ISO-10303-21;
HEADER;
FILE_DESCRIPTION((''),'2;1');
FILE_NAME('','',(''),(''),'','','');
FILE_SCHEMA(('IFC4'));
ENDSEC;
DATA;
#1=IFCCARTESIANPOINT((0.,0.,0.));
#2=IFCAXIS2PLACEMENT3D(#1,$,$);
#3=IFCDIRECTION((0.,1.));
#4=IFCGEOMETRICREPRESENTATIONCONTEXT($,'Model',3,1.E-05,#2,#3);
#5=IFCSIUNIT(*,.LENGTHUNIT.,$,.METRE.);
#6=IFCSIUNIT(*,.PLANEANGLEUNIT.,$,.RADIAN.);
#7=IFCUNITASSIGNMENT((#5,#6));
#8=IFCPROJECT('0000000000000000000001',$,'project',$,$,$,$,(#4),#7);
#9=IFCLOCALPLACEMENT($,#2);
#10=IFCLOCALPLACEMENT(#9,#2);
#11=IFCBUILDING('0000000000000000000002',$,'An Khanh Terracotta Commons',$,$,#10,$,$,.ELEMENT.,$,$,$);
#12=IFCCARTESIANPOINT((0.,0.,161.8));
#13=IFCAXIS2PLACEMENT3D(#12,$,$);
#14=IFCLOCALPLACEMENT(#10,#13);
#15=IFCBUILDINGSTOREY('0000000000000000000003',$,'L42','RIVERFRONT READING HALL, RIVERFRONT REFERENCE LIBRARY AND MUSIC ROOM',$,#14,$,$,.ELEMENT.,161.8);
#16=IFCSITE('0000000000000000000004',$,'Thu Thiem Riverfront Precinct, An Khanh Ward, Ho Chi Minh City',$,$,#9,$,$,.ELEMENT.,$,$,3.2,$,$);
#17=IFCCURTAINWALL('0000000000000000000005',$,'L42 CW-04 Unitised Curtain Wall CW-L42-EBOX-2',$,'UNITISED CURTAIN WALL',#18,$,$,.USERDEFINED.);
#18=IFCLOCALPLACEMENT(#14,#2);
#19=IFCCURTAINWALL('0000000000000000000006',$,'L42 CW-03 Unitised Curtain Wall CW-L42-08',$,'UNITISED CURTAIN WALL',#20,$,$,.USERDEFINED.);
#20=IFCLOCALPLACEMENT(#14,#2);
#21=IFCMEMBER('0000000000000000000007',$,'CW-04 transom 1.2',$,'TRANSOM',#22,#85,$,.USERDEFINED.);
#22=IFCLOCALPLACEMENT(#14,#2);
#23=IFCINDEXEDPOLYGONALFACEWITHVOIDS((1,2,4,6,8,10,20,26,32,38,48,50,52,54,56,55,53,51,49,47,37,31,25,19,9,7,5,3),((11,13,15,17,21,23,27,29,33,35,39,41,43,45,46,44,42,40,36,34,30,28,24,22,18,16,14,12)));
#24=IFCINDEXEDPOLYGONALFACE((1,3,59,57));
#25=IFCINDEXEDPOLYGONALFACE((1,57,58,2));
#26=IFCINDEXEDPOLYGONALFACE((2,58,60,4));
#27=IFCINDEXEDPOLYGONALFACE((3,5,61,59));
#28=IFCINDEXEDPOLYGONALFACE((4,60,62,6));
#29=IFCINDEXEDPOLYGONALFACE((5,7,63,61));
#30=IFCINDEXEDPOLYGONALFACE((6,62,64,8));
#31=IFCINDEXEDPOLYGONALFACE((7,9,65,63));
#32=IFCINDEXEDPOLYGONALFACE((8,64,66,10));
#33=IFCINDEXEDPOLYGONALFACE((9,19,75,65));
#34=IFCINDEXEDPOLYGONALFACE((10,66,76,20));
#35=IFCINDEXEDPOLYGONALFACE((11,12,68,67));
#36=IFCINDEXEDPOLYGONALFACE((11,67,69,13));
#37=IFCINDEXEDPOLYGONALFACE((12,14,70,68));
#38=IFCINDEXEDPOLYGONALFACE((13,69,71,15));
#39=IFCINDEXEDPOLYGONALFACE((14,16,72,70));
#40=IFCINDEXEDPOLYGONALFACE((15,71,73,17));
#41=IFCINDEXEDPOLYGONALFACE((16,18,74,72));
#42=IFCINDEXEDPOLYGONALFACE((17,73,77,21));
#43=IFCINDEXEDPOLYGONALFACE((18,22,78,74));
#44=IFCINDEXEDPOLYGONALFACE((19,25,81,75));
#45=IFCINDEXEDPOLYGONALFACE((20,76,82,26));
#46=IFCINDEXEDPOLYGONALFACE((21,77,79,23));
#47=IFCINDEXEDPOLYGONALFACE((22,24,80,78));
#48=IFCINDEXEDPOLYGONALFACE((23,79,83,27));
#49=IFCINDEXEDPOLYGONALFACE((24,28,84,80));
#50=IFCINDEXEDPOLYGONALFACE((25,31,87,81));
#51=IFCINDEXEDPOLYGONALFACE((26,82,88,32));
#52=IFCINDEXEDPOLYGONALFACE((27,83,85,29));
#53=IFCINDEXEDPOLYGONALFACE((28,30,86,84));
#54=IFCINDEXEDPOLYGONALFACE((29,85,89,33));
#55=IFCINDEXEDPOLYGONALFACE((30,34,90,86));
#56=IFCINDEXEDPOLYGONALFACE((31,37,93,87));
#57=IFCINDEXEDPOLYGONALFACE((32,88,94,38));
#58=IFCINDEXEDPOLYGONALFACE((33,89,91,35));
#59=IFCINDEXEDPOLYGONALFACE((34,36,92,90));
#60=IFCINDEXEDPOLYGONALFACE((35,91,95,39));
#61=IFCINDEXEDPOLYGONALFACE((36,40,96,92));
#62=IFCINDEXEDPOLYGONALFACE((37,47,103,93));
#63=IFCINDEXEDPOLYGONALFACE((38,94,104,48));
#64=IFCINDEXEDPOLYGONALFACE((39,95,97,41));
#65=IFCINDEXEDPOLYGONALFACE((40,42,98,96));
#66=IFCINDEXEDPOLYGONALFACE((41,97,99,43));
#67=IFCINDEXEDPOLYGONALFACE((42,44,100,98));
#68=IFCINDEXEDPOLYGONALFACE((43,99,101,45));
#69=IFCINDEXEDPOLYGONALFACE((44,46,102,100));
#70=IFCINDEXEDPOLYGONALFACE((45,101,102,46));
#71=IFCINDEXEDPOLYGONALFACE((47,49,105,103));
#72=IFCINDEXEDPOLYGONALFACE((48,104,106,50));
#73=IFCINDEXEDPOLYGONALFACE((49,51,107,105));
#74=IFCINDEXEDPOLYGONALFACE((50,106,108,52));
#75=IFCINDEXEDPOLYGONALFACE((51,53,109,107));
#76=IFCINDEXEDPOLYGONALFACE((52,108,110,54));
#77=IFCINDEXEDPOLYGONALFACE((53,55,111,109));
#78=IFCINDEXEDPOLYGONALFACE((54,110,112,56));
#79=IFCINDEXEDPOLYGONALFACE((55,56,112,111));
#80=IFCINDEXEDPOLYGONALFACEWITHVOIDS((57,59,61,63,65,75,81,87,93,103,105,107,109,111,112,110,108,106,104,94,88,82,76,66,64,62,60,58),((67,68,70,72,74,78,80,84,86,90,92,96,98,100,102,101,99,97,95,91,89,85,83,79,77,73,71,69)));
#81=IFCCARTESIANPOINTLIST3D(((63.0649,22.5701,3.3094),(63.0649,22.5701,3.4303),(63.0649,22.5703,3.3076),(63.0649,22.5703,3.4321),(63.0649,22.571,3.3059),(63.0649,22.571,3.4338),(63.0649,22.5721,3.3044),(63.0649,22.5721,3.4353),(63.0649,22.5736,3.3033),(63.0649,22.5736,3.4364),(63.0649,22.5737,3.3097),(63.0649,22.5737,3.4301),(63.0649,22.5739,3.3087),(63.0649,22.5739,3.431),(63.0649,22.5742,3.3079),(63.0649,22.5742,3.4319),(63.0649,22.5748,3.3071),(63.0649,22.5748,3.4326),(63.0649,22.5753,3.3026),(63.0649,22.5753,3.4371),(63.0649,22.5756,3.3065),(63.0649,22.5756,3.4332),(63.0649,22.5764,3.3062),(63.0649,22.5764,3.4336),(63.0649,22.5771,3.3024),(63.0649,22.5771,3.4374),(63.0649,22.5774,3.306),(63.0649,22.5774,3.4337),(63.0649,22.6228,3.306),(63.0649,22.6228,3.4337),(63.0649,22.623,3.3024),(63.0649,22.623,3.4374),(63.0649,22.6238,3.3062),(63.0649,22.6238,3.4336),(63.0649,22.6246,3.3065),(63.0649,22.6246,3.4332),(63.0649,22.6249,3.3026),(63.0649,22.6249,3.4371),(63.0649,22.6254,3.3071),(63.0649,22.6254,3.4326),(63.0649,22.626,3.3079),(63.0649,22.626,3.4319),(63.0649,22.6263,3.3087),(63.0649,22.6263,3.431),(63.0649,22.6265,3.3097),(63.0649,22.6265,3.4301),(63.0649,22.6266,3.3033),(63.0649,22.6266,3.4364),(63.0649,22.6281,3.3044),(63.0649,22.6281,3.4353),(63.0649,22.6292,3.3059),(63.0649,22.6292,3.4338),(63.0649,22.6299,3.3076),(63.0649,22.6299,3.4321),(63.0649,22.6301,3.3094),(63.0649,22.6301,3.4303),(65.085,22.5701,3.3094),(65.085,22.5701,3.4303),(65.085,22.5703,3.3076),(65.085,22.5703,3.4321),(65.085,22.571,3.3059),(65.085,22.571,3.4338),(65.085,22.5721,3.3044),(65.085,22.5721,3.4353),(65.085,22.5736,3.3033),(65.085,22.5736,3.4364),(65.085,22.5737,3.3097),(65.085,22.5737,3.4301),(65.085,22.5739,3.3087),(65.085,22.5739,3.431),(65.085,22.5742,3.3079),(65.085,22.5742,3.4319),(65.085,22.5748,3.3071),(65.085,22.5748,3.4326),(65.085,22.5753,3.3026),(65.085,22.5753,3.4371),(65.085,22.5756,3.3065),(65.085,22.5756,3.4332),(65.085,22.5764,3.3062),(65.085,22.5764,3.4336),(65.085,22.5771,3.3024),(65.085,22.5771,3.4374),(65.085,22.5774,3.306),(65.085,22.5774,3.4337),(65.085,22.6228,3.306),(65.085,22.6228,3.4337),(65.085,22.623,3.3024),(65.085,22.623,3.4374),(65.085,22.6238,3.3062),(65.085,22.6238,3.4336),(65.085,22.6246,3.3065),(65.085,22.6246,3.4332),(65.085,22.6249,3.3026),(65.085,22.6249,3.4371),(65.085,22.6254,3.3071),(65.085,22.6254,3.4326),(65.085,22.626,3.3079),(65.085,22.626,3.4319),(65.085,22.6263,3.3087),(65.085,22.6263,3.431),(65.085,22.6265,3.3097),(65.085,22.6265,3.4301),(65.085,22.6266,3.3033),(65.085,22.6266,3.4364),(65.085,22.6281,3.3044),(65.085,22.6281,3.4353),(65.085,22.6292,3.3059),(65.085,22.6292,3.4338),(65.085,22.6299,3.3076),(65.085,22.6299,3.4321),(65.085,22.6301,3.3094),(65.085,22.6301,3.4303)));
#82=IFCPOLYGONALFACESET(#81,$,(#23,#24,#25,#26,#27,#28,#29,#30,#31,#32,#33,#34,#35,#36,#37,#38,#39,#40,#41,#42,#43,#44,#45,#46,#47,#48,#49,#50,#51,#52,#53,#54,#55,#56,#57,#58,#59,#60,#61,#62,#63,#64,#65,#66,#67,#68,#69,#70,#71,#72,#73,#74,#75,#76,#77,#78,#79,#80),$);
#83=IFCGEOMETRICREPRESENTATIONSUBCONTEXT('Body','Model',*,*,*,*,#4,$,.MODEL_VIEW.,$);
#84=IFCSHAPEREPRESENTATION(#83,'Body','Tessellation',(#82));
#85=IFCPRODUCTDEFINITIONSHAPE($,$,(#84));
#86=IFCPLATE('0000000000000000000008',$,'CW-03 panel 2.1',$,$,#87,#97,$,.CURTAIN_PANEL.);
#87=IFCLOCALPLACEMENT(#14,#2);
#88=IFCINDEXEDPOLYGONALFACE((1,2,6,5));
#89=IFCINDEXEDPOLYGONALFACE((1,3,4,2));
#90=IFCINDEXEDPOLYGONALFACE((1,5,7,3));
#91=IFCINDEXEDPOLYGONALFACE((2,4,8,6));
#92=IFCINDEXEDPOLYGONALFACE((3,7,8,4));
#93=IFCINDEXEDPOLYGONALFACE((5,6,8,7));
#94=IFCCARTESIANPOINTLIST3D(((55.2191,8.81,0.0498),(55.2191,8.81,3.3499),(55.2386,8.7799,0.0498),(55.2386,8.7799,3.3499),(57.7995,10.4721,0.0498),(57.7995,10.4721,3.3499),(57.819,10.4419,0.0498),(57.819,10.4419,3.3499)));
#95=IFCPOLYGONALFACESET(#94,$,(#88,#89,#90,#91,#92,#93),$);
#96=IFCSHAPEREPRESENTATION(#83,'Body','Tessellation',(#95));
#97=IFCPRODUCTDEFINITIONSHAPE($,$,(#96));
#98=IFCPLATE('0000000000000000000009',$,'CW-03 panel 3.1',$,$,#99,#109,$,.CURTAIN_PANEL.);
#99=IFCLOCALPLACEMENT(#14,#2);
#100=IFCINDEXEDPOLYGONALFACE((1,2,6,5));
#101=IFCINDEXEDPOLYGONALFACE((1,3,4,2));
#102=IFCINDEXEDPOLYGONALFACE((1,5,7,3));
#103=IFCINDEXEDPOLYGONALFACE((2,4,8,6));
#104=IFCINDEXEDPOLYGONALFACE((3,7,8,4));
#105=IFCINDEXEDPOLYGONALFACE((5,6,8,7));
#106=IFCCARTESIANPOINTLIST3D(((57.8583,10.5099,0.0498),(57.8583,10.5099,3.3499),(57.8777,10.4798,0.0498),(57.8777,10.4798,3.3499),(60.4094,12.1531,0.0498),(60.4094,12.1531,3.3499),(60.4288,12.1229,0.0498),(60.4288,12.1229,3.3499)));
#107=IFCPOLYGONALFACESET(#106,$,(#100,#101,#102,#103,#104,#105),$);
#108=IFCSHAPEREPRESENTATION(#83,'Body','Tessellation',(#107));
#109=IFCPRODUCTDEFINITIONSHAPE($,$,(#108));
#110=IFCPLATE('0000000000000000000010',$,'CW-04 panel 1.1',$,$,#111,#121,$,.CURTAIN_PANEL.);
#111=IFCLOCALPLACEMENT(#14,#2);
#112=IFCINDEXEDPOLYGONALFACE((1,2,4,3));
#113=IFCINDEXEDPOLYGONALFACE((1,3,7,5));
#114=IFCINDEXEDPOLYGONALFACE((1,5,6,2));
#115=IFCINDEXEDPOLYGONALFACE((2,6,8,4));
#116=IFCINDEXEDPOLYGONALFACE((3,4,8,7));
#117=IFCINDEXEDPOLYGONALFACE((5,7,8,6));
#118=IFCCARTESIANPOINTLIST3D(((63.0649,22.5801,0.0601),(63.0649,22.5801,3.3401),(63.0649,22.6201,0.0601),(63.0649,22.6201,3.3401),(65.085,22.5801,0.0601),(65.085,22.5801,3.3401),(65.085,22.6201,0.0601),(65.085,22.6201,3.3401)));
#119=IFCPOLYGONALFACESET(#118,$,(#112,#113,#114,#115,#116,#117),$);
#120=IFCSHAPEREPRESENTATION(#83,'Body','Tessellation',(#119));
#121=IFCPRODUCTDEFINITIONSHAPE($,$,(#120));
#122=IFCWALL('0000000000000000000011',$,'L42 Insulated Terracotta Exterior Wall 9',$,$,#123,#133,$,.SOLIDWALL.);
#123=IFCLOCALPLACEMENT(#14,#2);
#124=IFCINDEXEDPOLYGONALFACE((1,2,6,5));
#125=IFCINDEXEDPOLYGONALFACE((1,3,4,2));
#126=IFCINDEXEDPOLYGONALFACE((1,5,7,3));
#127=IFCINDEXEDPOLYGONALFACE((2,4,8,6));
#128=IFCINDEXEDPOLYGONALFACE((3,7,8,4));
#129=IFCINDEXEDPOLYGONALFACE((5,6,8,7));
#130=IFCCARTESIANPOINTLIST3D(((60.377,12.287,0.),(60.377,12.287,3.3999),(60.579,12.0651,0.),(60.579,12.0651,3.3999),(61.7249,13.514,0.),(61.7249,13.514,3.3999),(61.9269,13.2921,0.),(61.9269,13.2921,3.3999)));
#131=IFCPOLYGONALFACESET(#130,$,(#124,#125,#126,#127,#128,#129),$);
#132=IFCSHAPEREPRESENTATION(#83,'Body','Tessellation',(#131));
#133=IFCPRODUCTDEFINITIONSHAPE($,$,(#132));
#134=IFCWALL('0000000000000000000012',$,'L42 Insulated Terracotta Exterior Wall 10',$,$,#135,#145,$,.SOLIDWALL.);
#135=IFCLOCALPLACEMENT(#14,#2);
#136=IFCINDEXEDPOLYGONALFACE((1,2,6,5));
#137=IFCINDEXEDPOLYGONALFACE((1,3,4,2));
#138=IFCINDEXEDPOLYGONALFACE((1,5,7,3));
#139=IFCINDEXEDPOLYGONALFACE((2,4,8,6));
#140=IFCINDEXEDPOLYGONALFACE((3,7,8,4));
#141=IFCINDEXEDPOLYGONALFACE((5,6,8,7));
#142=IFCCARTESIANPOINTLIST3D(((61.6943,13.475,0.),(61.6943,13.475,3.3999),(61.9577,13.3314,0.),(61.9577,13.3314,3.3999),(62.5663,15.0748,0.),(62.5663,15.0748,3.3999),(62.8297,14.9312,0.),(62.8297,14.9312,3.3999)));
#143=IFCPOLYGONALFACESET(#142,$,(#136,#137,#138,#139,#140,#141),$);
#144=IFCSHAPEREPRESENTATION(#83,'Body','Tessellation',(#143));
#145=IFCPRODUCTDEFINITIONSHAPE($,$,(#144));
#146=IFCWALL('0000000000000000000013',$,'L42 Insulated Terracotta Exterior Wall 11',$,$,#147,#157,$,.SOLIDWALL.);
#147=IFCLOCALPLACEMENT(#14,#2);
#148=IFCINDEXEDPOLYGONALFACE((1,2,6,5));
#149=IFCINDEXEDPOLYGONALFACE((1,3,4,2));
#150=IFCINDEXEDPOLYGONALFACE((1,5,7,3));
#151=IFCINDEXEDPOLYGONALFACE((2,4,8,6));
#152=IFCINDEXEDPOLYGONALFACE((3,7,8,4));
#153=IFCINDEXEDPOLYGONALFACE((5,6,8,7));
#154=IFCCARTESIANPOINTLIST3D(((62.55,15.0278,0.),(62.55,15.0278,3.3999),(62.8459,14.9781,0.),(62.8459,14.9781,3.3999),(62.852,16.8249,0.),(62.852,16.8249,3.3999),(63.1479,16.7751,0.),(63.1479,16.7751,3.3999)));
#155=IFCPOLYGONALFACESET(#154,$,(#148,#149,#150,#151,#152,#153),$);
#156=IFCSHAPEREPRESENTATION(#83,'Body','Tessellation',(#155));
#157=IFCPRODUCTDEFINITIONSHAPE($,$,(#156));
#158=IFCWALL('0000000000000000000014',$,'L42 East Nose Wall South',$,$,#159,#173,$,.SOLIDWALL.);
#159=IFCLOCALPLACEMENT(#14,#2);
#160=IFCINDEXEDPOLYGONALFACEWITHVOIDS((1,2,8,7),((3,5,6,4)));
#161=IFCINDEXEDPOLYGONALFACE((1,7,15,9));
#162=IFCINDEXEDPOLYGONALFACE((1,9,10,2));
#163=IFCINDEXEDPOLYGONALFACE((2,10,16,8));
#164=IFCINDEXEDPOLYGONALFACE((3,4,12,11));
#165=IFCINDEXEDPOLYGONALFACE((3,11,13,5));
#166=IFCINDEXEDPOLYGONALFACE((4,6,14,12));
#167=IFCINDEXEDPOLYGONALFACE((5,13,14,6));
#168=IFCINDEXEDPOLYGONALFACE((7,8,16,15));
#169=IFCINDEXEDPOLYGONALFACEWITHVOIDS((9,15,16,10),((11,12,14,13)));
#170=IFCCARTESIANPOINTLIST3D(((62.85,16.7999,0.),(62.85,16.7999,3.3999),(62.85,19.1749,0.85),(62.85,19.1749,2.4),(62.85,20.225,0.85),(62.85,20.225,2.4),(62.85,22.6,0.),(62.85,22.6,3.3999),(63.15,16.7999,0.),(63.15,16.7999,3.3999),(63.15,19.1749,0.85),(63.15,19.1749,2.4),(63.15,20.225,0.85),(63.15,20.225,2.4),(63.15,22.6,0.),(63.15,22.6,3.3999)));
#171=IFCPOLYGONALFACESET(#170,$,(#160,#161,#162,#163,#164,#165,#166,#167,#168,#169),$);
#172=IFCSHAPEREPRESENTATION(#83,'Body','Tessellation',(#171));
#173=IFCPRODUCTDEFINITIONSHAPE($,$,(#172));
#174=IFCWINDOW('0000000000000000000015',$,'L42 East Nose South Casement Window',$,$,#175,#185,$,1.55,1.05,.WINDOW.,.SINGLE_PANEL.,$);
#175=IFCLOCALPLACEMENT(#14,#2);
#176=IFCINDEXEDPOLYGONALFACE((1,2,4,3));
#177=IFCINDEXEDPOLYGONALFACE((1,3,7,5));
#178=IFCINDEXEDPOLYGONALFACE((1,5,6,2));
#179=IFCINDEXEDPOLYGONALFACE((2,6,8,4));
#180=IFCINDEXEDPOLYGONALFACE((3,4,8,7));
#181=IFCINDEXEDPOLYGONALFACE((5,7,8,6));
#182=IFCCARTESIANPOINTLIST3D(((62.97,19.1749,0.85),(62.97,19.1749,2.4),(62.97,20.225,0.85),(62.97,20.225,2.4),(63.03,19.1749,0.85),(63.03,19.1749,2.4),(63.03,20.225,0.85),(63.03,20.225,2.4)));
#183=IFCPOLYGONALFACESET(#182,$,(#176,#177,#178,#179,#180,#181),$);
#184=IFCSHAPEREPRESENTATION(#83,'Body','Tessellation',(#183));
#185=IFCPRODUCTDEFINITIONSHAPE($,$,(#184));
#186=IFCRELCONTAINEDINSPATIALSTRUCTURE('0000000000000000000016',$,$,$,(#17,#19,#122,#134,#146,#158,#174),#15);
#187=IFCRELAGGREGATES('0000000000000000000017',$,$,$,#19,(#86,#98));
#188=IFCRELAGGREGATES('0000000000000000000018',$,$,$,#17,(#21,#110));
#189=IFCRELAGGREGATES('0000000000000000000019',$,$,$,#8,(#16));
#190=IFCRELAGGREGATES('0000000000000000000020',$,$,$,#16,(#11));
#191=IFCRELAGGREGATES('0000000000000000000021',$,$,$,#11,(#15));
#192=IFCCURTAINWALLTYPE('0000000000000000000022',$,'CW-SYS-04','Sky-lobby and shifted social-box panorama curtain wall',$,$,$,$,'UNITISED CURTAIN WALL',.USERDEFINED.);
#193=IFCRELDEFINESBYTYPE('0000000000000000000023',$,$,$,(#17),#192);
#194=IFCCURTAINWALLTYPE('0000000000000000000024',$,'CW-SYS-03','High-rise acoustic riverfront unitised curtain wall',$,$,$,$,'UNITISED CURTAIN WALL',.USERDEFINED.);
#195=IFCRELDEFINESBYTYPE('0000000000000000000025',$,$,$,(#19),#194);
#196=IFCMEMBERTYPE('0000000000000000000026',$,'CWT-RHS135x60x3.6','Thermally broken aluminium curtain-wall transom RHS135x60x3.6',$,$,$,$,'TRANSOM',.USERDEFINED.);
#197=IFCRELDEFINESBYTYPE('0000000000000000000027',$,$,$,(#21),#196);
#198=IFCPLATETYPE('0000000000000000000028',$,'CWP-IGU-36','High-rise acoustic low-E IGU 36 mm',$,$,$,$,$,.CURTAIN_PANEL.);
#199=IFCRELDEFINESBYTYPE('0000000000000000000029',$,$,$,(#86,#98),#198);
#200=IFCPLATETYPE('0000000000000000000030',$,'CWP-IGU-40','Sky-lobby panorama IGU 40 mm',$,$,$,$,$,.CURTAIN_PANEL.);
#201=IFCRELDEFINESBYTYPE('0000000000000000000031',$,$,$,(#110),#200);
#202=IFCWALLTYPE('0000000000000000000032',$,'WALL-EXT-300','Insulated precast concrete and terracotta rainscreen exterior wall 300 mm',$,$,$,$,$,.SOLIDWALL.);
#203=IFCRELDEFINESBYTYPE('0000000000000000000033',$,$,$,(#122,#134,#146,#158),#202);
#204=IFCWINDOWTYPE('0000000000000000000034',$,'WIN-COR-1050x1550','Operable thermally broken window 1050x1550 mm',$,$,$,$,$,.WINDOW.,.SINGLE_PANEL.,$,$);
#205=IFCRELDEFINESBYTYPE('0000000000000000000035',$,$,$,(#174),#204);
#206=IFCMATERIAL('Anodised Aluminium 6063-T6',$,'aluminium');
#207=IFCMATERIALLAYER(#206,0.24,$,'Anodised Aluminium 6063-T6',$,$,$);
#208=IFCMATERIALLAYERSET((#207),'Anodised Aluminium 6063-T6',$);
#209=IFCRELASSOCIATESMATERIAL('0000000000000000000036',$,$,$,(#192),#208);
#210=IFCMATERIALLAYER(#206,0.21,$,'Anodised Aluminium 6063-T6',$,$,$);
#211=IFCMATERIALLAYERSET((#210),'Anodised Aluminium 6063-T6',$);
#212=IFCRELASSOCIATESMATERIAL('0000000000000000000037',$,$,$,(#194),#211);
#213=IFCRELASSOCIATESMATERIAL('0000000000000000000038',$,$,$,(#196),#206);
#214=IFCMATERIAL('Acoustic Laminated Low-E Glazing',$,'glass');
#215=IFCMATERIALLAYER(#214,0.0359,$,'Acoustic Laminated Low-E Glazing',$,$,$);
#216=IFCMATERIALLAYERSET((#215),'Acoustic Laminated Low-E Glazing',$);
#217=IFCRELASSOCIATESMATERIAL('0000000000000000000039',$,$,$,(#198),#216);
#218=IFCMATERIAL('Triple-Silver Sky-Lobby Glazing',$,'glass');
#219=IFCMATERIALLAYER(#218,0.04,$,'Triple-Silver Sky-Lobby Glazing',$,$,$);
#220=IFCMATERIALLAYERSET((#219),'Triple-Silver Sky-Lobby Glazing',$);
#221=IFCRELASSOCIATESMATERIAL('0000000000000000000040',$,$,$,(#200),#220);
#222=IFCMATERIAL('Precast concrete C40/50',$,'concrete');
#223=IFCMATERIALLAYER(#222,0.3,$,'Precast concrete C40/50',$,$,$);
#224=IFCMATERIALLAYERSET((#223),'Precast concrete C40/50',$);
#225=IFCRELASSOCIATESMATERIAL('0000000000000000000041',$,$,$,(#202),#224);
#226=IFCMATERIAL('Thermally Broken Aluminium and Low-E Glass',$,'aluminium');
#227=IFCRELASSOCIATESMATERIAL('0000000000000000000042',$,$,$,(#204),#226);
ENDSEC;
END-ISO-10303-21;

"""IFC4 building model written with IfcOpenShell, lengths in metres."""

from ifc_helpers import new_model, si_unit, direction, frame, frame_2d, origin, origin_2d, place, context, subcontext, project, spatial, rectangle, hollow_rectangle, extrude, material, layer, layer_set, material_profile, profile_set, type_object, element, fill, aggregate, save


model = new_model("IFC4")

# Units and contexts
model_context = context("Model", 3, precision=1e-05, world=origin(), true_north=direction((0.0, 1.0)))
body_context = subcontext(model_context, "Body", "Model", "MODEL_VIEW")
ifc_project = project(units=[si_unit("LENGTHUNIT", "METRE"), si_unit("PLANEANGLEUNIT", "RADIAN")], contexts=[model_context])

# Site, building, storey
site_placement = place(None, origin())
site = spatial("IfcSite", under=ifc_project, at=site_placement, Name="Thu Thiem Riverfront Precinct, An Khanh Ward, Ho Chi Minh City", CompositionType="ELEMENT", RefElevation=3.2)
building_placement = place(site_placement, origin())
building = spatial("IfcBuilding", under=site, at=building_placement, Name="An Khanh Terracotta Commons", CompositionType="ELEMENT")
storey_placement = place(building_placement, frame((0.0, 0.0, 161.8)))
storey = spatial("IfcBuildingStorey", under=building, at=storey_placement, Name="L42", Description="RIVERFRONT READING HALL, RIVERFRONT REFERENCE LIBRARY AND MUSIC ROOM", CompositionType="ELEMENT", Elevation=161.8)

# Shared definitions
ifc_material_1 = material(Name="Anodised Aluminium 6063-T6", Category="aluminium")
ifc_layer_1 = layer(ifc_material_1, 0.24, Name="Anodised Aluminium 6063-T6")
ifc_layer_set_1 = layer_set([ifc_layer_1], Name="Anodised Aluminium 6063-T6")
curtain_wall_type_1 = type_object("IfcCurtainWallType", Name="CW-SYS-04", Description="Sky-lobby and shifted social-box panorama curtain wall", ElementType="UNITISED CURTAIN WALL", PredefinedType="USERDEFINED", material=ifc_layer_set_1)

# Curtain walls
curtain_wall_1_placement = place(storey_placement, origin())
curtain_wall_1 = element("IfcCurtainWall", 1, at=curtain_wall_1_placement, inside=storey, type_object=curtain_wall_type_1, Name="L42 CW-04 Unitised Curtain Wall CW-L42-EBOX-2", ObjectType="UNITISED CURTAIN WALL", PredefinedType="USERDEFINED")
ifc_layer_2 = layer(ifc_material_1, 0.21, Name="Anodised Aluminium 6063-T6")
ifc_layer_set_2 = layer_set([ifc_layer_2], Name="Anodised Aluminium 6063-T6")
curtain_wall_type_2 = type_object("IfcCurtainWallType", Name="CW-SYS-03", Description="High-rise acoustic riverfront unitised curtain wall", ElementType="UNITISED CURTAIN WALL", PredefinedType="USERDEFINED", material=ifc_layer_set_2)
curtain_wall_2_placement = place(storey_placement, origin())
curtain_wall_2 = element("IfcCurtainWall", 2, at=curtain_wall_2_placement, inside=storey, type_object=curtain_wall_type_2, Name="L42 CW-03 Unitised Curtain Wall CW-L42-08", ObjectType="UNITISED CURTAIN WALL", PredefinedType="USERDEFINED")

# Member
ifc_material_profile_1 = material_profile(ifc_material_1, hollow_rectangle(XDim=0.0601, YDim=0.135, WallThickness=0.0037, InnerFilletRadius=0.0037, OuterFilletRadius=0.0071, at=origin_2d()), Name="RHS135x60x3.6")
ifc_profile_set_1 = profile_set([ifc_material_profile_1], Name="Anodised Aluminium 6063-T6")
member_type_1 = type_object("IfcMemberType", Name="CWT-RHS135x60x3.6", Description="Thermally broken aluminium curtain-wall transom RHS135x60x3.6", ElementType="TRANSOM", PredefinedType="USERDEFINED", material=ifc_profile_set_1)
member_1_placement = place(storey_placement, frame((63.0649, 22.6001, 3.3699), z_axis=(1.0, 0.0, 0.0), x_axis=(0.0, 1.0, 0.0)))
member_1 = element("IfcMember", 3, at=member_1_placement, type_object=member_type_1, Name="CW-04 transom 1.2", ObjectType="TRANSOM", PredefinedType="USERDEFINED", context=body_context, shape_type="SweptSolid", body=[
    extrude(hollow_rectangle(XDim=0.0601, YDim=0.135, WallThickness=0.0037, InnerFilletRadius=0.0037, OuterFilletRadius=0.0071, at=origin_2d()), origin(), (0.0, 0.0, 1.0), 2.02),
])

# Plates
ifc_material_2 = material(Name="Acoustic Laminated Low-E Glazing", Category="glass")
ifc_layer_3 = layer(ifc_material_2, 0.0359, Name="Acoustic Laminated Low-E Glazing")
ifc_layer_set_3 = layer_set([ifc_layer_3], Name="Acoustic Laminated Low-E Glazing")
plate_type_1 = type_object("IfcPlateType", Name="CWP-IGU-36", Description="High-rise acoustic low-E IGU 36 mm", PredefinedType="CURTAIN_PANEL", material=ifc_layer_set_3)
plate_1_placement = place(storey_placement, frame((56.519, 9.626, 0.0498), z_axis=(0.0, 0.0, 1.0), x_axis=(0.840702, 0.541498, 0.0)))
plate_1 = element("IfcPlate", 4, at=plate_1_placement, type_object=plate_type_1, Name="CW-03 panel 2.1", PredefinedType="CURTAIN_PANEL", context=body_context, shape_type="SweptSolid", body=[
    extrude(rectangle(XDim=3.0693, YDim=0.0359, at=origin_2d()), origin(), (0.0, 0.0, 1.0), 3.3),
])
plate_2_placement = place(storey_placement, frame((59.1436, 11.3164, 0.0498), z_axis=(0.0, 0.0, 1.0), x_axis=(0.840702, 0.541498, 0.0)))
plate_2 = element("IfcPlate", 5, at=plate_2_placement, type_object=plate_type_1, Name="CW-03 panel 3.1", PredefinedType="CURTAIN_PANEL", context=body_context, shape_type="SweptSolid", body=[
    extrude(rectangle(XDim=3.0344, YDim=0.0359, at=origin_2d()), origin(), (0.0, 0.0, 1.0), 3.3),
])
aggregate(curtain_wall_2, [plate_1, plate_2])
ifc_material_3 = material(Name="Triple-Silver Sky-Lobby Glazing", Category="glass")
ifc_layer_4 = layer(ifc_material_3, 0.04, Name="Triple-Silver Sky-Lobby Glazing")
ifc_layer_set_4 = layer_set([ifc_layer_4], Name="Triple-Silver Sky-Lobby Glazing")
plate_type_2 = type_object("IfcPlateType", Name="CWP-IGU-40", Description="Sky-lobby panorama IGU 40 mm", PredefinedType="CURTAIN_PANEL", material=ifc_layer_set_4)
plate_3_placement = place(storey_placement, frame((64.075, 22.6001, 0.0601), z_axis=(0.0, 0.0, 1.0), x_axis=(1.0, 0.0, 0.0)))
plate_3 = element("IfcPlate", 6, at=plate_3_placement, type_object=plate_type_2, Name="CW-04 panel 1.1", PredefinedType="CURTAIN_PANEL", context=body_context, shape_type="SweptSolid", body=[
    extrude(rectangle(XDim=2.02, YDim=0.04, at=origin_2d()), origin(), (0.0, 0.0, 1.0), 3.28),
])
aggregate(curtain_wall_1, [member_1, plate_3])

# Walls
ifc_material_4 = material(Name="Precast concrete C40/50", Category="concrete")
ifc_layer_5 = layer(ifc_material_4, 0.3, Name="Precast concrete C40/50")
ifc_layer_set_5 = layer_set([ifc_layer_5], Name="Precast concrete C40/50")
wall_type = type_object("IfcWallType", Name="WALL-EXT-300", Description="Insulated precast concrete and terracotta rainscreen exterior wall 300 mm", PredefinedType="SOLIDWALL", material=ifc_layer_set_5)
wall_1_placement = place(storey_placement, frame((60.478, 12.176, 0.0), z_axis=(0.0, 0.0, 1.0), x_axis=(0.739479, 0.673179, 0.0)))
element("IfcWall", 7, at=wall_1_placement, inside=storey, type_object=wall_type, Name="L42 Insulated Terracotta Exterior Wall 9", PredefinedType="SOLIDWALL", context=body_context, shape_type="SweptSolid", body=[
    extrude(rectangle(XDim=1.8228, YDim=0.3, at=frame_2d((0.9114, 0.0))), origin(), (0.0, 0.0, 1.0), 3.3999),
])
wall_2_placement = place(storey_placement, frame((61.8259, 13.4031, 0.0), z_axis=(0.0, 0.0, 1.0), x_axis=(0.478608, 0.878029, 0.0)))
element("IfcWall", 8, at=wall_2_placement, inside=storey, type_object=wall_type, Name="L42 Insulated Terracotta Exterior Wall 10", PredefinedType="SOLIDWALL", context=body_context, shape_type="SweptSolid", body=[
    extrude(rectangle(XDim=1.822, YDim=0.3, at=frame_2d((0.9111, 0.0))), origin(), (0.0, 0.0, 1.0), 3.3999),
])
wall_3_placement = place(storey_placement, frame((62.698, 15.0029, 0.0), z_axis=(0.0, 0.0, 1.0), x_axis=(0.165724, 0.986172, 0.0)))
element("IfcWall", 9, at=wall_3_placement, inside=storey, type_object=wall_type, Name="L42 Insulated Terracotta Exterior Wall 11", PredefinedType="SOLIDWALL", context=body_context, shape_type="SweptSolid", body=[
    extrude(rectangle(XDim=1.8223, YDim=0.3, at=frame_2d((0.9111, 0.0))), origin(), (0.0, 0.0, 1.0), 3.3999),
])

# Wall, opening, window
wall_4_placement = place(storey_placement, frame((63.0, 16.8, 0.0), z_axis=(0.0, 0.0, 1.0), x_axis=(0.0, 1.0, 0.0)))
wall_4 = element("IfcWall", 10, at=wall_4_placement, inside=storey, type_object=wall_type, Name="L42 East Nose Wall South", PredefinedType="SOLIDWALL", context=body_context, shape_type="SweptSolid", body=[
    extrude(rectangle(XDim=5.8, YDim=0.3, at=frame_2d((2.8999, 0.0))), origin(), (0.0, 0.0, 1.0), 3.3999),
])
opening_placement = place(wall_4_placement, frame((2.375, 0.0, 0.8501)))
opening = element("IfcOpeningElement", 11, at=opening_placement, cuts=wall_4, PredefinedType="OPENING", context=body_context, shape_type="SweptSolid", body=[
    extrude(rectangle(XDim=1.05, YDim=1.55, at=frame_2d((0.5249, 0.7749))), frame((0.0, 0.1599, 0.0), z_axis=(0.0, -1.0, 0.0), x_axis=(1.0, 0.0, 0.0)), (0.0, 0.0, 1.0), 0.3201),
])
ifc_material_5 = material(Name="Thermally Broken Aluminium and Low-E Glass", Category="aluminium")
window_type = type_object("IfcWindowType", Name="WIN-COR-1050x1550", Description="Operable thermally broken window 1050x1550 mm", PartitioningType="SINGLE_PANEL", PredefinedType="WINDOW", material=ifc_material_5)
window_placement = place(opening_placement, origin())
window = element("IfcWindow", 12, at=window_placement, inside=storey, type_object=window_type, Name="L42 East Nose South Casement Window", OverallHeight=1.55, OverallWidth=1.05, PartitioningType="SINGLE_PANEL", PredefinedType="WINDOW", context=body_context, shape_type="SweptSolid", body=[
    extrude(rectangle(XDim=1.05, YDim=1.55, at=frame_2d((0.5249, 0.7749))), frame((0.0, 0.03, 0.0), z_axis=(0.0, -1.0, 0.0), x_axis=(1.0, 0.0, 0.0)), (0.0, 0.0, 1.0), 0.0601),
])
fill(opening, window)

save(model, "model.ifc")
